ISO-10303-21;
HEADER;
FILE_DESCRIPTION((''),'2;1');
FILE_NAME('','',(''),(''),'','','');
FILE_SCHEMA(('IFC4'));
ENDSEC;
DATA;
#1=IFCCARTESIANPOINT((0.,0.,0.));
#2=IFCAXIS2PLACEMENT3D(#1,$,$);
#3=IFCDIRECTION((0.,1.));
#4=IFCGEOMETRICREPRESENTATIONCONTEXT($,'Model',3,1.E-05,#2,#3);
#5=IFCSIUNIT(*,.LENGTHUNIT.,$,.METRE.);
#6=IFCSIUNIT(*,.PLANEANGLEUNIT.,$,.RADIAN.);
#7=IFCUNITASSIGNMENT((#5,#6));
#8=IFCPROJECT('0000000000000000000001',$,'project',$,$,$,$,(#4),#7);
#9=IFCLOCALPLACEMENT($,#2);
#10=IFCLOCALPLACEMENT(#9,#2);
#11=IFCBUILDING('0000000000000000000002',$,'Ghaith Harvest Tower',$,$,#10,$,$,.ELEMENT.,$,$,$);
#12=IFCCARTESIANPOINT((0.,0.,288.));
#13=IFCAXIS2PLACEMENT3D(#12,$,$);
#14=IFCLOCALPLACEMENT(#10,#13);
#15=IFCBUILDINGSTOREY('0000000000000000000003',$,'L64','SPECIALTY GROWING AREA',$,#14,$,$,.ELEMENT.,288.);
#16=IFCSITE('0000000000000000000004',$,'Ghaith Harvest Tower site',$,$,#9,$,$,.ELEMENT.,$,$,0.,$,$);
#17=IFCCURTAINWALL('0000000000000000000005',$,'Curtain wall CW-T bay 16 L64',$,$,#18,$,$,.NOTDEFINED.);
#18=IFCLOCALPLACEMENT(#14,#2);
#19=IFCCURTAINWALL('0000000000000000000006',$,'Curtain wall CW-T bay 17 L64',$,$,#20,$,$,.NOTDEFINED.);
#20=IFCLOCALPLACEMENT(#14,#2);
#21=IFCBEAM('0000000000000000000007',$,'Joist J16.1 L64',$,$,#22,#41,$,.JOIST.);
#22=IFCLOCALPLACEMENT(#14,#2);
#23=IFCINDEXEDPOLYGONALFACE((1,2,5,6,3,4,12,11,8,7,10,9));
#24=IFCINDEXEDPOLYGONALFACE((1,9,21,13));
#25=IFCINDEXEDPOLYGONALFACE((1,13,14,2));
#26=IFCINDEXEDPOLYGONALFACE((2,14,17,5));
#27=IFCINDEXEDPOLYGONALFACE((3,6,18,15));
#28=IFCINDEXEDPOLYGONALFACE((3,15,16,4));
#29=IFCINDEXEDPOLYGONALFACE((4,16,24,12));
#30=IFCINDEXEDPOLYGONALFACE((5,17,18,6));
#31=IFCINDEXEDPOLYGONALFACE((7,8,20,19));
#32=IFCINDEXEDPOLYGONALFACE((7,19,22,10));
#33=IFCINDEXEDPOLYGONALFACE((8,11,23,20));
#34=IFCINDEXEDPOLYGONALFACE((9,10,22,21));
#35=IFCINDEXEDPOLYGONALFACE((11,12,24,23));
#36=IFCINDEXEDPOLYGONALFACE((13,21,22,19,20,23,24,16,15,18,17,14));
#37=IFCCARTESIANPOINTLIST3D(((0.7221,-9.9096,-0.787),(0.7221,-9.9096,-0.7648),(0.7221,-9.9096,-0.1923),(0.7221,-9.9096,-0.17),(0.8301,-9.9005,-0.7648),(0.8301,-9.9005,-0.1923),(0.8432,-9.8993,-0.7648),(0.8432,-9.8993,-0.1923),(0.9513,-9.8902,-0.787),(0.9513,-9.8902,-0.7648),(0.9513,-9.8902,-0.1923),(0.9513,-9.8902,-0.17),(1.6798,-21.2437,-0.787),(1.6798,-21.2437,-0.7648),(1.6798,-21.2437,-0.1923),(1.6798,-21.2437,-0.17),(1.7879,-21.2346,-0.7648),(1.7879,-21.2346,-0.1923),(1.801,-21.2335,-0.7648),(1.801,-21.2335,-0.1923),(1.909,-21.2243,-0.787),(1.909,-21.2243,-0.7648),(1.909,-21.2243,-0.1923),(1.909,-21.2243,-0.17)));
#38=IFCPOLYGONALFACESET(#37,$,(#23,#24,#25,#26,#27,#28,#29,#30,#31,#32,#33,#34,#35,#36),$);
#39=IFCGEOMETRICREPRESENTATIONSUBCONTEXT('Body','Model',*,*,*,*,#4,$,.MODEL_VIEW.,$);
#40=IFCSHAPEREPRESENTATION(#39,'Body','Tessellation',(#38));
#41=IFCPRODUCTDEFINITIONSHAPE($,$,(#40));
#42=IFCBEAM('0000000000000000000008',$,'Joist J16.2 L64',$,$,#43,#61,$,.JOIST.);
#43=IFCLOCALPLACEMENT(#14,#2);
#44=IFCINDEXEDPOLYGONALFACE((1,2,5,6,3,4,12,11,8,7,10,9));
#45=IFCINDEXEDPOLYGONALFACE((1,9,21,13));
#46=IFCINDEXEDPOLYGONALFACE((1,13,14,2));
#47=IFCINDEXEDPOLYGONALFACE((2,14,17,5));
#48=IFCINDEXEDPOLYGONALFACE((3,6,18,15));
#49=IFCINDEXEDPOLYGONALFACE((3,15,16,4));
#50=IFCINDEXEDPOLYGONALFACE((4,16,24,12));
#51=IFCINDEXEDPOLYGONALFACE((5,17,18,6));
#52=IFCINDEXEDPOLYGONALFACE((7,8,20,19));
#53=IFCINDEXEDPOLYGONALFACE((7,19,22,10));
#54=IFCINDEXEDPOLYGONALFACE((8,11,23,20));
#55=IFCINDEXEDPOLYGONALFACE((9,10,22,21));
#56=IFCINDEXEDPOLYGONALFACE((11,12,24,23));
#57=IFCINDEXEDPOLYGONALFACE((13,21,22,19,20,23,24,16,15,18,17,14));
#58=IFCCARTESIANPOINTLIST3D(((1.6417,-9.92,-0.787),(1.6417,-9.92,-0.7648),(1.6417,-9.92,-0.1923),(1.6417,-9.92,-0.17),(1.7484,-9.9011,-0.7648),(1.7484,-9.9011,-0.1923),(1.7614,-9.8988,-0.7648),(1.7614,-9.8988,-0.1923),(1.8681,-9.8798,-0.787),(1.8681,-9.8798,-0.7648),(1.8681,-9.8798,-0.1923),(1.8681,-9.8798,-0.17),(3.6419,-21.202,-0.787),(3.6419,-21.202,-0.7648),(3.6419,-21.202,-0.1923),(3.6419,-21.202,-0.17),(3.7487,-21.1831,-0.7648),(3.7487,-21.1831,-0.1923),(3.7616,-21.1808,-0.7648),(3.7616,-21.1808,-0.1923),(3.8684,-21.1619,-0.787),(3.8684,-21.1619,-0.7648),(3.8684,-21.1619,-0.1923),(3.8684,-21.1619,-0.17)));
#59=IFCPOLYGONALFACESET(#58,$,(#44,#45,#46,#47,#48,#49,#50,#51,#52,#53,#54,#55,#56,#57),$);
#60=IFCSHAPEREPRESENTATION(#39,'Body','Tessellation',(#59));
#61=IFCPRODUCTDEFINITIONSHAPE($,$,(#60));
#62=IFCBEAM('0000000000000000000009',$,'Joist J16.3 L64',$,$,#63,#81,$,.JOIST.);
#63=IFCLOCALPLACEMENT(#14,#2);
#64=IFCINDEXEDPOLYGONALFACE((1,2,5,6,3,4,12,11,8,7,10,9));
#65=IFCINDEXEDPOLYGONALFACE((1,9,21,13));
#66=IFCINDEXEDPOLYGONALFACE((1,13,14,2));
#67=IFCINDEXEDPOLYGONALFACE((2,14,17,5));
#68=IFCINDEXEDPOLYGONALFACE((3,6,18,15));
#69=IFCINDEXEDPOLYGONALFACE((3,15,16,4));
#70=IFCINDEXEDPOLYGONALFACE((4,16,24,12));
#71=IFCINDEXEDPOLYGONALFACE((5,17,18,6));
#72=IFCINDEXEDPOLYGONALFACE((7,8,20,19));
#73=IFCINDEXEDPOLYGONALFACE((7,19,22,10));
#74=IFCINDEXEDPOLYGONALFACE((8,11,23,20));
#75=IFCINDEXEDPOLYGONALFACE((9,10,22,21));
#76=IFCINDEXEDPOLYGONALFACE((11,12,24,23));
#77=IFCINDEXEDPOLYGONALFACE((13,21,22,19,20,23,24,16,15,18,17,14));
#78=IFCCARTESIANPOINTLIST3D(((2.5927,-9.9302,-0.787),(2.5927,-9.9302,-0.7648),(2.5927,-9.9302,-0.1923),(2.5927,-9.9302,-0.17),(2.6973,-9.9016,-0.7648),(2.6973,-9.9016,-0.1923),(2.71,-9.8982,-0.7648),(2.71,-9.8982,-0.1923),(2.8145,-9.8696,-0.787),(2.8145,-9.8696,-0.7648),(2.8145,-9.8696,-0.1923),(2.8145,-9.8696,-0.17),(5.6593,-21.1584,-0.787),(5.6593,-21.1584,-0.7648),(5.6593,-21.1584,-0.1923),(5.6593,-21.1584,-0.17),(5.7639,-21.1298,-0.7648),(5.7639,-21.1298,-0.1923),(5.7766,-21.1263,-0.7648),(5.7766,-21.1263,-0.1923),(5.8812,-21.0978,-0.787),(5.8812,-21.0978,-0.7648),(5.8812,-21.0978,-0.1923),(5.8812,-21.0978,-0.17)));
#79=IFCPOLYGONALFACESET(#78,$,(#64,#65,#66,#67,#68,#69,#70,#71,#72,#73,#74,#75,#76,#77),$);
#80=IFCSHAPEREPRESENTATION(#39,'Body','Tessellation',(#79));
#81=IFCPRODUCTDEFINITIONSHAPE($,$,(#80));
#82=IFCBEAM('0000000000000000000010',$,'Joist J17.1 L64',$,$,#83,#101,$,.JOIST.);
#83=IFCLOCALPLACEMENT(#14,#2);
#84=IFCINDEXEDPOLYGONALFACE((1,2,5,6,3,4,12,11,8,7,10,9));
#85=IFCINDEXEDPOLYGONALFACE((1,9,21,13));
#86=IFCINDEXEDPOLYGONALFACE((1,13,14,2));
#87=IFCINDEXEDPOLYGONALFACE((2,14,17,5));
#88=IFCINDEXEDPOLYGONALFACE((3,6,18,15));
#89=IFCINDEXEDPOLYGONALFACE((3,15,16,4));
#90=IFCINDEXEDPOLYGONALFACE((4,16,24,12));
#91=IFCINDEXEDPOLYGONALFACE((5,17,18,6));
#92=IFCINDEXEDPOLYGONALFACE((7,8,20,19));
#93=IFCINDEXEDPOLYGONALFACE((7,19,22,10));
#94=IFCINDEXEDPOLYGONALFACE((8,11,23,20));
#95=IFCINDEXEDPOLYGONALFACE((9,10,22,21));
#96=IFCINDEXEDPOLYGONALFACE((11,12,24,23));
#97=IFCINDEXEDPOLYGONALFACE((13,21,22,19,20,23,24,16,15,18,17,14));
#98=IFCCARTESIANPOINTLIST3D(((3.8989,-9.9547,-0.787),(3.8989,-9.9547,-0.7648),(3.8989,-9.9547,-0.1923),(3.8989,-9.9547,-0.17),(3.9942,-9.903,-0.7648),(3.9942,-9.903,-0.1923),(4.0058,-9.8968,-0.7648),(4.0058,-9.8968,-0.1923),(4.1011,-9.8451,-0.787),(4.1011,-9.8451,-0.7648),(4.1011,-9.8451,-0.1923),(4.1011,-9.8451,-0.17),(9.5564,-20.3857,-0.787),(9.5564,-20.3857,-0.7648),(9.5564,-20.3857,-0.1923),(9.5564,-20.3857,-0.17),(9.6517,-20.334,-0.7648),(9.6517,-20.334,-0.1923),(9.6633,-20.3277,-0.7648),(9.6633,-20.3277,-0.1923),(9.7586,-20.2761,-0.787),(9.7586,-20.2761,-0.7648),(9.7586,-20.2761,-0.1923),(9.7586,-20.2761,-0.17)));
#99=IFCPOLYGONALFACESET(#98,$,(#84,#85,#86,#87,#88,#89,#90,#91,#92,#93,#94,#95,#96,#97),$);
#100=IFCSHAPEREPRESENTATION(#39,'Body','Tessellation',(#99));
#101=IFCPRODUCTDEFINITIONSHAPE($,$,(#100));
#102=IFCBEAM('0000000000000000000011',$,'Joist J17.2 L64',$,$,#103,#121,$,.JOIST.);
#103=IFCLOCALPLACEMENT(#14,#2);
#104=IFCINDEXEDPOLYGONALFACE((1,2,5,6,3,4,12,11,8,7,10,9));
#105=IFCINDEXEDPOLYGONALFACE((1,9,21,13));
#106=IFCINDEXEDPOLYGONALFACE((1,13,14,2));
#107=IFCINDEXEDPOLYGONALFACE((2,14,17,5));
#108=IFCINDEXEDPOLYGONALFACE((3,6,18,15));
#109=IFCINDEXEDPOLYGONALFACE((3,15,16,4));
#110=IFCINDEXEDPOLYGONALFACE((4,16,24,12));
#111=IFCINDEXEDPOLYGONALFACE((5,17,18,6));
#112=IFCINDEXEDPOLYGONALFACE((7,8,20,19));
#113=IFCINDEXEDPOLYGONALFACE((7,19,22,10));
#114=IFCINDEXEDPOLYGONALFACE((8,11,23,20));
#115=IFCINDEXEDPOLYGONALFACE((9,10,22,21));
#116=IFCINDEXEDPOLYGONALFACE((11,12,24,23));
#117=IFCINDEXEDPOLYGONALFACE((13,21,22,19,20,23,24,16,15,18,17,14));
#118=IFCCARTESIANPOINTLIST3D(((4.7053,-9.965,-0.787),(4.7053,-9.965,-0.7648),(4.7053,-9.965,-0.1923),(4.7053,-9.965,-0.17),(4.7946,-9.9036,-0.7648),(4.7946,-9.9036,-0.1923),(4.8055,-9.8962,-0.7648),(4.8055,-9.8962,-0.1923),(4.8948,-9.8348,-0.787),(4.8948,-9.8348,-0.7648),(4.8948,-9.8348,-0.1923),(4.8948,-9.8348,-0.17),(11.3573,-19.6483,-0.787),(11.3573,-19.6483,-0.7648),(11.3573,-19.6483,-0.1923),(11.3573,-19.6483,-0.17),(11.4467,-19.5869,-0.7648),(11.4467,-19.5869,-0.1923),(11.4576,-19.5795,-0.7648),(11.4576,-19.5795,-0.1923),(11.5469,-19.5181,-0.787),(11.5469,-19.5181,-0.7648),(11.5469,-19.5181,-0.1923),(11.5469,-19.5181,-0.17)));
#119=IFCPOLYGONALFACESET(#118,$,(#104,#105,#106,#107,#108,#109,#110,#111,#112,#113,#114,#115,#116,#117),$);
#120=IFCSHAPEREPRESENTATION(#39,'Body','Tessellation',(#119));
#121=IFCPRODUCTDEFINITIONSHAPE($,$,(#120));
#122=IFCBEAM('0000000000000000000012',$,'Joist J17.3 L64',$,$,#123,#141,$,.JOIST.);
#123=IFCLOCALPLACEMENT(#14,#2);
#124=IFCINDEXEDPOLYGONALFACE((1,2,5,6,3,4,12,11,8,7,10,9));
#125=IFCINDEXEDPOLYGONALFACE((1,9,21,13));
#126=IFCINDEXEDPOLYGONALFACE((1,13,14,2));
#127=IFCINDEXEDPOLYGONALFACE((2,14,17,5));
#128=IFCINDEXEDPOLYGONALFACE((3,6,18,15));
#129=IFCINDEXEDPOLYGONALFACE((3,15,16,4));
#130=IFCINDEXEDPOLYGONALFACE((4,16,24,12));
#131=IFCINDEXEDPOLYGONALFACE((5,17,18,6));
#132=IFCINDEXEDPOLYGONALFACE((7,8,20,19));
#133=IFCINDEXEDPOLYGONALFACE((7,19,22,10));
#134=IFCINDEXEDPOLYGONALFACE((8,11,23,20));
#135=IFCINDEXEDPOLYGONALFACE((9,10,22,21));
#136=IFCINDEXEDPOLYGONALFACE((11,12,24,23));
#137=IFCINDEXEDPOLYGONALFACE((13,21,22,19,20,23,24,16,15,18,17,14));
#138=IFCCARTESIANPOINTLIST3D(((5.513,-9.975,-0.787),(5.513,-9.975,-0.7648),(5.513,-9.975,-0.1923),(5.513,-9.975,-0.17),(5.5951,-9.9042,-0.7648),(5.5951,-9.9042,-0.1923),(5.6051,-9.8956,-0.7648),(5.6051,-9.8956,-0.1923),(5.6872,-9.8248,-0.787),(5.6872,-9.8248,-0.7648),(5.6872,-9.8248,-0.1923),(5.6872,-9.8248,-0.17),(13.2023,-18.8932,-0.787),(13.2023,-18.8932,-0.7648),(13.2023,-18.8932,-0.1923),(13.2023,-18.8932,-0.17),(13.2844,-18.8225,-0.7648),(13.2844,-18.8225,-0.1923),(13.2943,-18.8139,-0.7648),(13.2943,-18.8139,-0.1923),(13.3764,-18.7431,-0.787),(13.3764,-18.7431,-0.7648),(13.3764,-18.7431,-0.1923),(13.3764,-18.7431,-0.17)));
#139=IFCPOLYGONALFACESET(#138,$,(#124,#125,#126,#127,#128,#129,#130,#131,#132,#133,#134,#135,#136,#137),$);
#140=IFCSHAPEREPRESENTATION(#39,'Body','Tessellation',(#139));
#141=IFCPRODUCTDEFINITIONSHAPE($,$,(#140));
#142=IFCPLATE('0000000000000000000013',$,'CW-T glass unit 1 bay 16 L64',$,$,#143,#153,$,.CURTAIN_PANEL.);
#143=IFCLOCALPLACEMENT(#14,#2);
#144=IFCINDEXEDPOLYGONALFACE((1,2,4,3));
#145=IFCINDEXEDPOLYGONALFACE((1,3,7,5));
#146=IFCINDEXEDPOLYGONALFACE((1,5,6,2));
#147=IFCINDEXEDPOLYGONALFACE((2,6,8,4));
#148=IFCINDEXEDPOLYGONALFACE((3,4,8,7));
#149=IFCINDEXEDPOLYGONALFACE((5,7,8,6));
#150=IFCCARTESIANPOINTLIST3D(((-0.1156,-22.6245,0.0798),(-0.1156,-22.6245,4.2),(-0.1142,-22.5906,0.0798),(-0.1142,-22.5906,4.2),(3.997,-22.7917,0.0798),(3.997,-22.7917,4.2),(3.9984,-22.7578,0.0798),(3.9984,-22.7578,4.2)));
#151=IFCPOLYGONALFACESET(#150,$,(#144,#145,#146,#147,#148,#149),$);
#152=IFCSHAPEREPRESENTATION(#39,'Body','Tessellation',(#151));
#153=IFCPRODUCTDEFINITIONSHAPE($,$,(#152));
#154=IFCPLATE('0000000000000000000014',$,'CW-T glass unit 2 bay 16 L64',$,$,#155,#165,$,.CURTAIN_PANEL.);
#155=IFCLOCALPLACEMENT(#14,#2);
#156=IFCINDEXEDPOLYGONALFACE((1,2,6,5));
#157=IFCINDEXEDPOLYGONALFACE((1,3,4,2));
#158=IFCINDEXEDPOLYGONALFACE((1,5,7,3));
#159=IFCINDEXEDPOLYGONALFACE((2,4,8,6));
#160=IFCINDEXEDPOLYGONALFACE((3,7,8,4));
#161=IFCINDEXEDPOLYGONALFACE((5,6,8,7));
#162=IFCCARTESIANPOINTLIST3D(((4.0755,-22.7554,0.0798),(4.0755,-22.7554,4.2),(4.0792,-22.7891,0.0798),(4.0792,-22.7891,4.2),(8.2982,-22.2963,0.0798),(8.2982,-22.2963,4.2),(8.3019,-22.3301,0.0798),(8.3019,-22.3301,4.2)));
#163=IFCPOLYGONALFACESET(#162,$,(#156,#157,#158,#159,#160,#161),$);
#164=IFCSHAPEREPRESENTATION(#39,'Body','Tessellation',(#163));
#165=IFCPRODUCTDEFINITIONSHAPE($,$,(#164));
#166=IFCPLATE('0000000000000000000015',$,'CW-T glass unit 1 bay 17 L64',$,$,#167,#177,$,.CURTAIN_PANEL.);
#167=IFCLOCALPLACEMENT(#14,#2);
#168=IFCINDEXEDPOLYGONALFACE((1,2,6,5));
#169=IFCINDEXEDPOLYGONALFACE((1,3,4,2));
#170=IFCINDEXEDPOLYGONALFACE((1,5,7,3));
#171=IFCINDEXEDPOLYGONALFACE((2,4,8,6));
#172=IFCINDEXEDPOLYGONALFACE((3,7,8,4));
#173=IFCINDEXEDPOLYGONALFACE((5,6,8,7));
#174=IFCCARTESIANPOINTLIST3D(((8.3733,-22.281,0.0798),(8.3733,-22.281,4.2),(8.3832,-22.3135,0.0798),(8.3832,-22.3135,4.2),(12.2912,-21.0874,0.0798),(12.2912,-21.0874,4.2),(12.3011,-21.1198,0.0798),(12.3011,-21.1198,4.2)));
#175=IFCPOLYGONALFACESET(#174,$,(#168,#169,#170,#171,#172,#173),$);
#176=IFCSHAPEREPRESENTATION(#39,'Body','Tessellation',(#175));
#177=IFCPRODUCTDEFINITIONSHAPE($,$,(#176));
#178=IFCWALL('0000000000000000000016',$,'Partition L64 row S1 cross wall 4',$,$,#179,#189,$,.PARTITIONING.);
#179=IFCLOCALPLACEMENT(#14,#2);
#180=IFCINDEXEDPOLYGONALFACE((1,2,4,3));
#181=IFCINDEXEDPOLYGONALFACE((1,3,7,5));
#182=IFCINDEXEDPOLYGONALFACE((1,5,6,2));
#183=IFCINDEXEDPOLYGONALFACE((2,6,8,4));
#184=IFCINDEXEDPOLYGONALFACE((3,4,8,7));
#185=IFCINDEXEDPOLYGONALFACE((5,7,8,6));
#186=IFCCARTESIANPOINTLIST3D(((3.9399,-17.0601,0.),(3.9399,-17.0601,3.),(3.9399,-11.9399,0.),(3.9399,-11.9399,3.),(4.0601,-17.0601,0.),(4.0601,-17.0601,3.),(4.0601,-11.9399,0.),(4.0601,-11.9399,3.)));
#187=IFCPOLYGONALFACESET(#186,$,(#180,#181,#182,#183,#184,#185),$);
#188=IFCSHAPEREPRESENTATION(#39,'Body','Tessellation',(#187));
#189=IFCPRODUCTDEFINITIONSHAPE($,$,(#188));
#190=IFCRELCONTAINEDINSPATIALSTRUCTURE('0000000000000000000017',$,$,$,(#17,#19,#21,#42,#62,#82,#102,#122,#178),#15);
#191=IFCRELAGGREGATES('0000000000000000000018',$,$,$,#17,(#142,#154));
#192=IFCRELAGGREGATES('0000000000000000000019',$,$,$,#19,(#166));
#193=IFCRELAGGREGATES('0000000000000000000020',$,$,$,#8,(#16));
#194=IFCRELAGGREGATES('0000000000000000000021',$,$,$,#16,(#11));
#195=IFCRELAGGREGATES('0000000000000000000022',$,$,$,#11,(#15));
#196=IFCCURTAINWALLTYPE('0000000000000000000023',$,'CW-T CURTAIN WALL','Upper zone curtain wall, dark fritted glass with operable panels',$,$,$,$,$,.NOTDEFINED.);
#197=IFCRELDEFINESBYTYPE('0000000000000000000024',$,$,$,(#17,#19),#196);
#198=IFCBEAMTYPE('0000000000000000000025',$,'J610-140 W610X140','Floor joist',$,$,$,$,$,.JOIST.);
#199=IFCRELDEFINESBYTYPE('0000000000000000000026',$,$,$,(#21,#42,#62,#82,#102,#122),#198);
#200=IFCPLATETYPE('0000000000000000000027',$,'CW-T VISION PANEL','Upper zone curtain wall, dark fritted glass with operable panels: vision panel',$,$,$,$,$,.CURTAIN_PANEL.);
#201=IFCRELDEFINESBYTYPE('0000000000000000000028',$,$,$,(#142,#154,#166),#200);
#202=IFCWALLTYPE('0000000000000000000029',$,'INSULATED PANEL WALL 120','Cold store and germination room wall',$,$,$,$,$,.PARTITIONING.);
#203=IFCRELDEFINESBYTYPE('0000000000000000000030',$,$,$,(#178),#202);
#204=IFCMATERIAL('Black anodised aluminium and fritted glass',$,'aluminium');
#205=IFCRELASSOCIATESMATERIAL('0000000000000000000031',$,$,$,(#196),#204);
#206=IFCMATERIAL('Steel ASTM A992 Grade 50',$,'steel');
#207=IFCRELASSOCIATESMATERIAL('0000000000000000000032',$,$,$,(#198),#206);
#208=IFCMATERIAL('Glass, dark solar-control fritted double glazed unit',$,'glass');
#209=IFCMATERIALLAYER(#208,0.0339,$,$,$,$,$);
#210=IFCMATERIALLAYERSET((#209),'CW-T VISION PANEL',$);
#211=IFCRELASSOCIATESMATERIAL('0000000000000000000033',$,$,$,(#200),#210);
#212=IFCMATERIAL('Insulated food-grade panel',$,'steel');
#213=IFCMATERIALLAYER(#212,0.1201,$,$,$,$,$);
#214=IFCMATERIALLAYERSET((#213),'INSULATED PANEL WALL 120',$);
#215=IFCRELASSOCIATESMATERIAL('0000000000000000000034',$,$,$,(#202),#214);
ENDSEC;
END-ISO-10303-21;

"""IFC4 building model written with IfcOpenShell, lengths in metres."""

from ifc_helpers import new_model, si_unit, direction, frame, frame_2d, origin, origin_2d, place, context, subcontext, project, spatial, rectangle, i_section, extrude, material, layer, layer_set, material_profile, profile_set, type_object, element, aggregate, save


model = new_model("IFC4")

# Units and contexts
model_context = context("Model", 3, precision=1e-05, world=origin(), true_north=direction((0.0, 1.0)))
body_context = subcontext(model_context, "Body", "Model", "MODEL_VIEW")
ifc_project = project(units=[si_unit("LENGTHUNIT", "METRE"), si_unit("PLANEANGLEUNIT", "RADIAN")], contexts=[model_context])

# Site, building, storey
site_placement = place(None, origin())
site = spatial("IfcSite", under=ifc_project, at=site_placement, Name="Ghaith Harvest Tower site", CompositionType="ELEMENT", RefElevation=0.0)
building_placement = place(site_placement, origin())
building = spatial("IfcBuilding", under=site, at=building_placement, Name="Ghaith Harvest Tower", CompositionType="ELEMENT")
storey_placement = place(building_placement, frame((0.0, 0.0, 288.0)))
storey = spatial("IfcBuildingStorey", under=building, at=storey_placement, Name="L64", Description="SPECIALTY GROWING AREA", CompositionType="ELEMENT", Elevation=288.0)

# Curtain walls
ifc_material_1 = material(Name="Black anodised aluminium and fritted glass", Category="aluminium")
curtain_wall_type = type_object("IfcCurtainWallType", Name="CW-T CURTAIN WALL", Description="Upper zone curtain wall, dark fritted glass with operable panels", PredefinedType="NOTDEFINED", material=ifc_material_1)
curtain_wall_1_placement = place(storey_placement, origin())
curtain_wall_1 = element("IfcCurtainWall", 1, at=curtain_wall_1_placement, inside=storey, type_object=curtain_wall_type, Name="Curtain wall CW-T bay 16 L64", PredefinedType="NOTDEFINED")
curtain_wall_2_placement = place(storey_placement, origin())
curtain_wall_2 = element("IfcCurtainWall", 2, at=curtain_wall_2_placement, inside=storey, type_object=curtain_wall_type, Name="Curtain wall CW-T bay 17 L64", PredefinedType="NOTDEFINED")

# Beams
ifc_material_2 = material(Name="Steel ASTM A992 Grade 50", Category="steel")
ifc_material_profile_1 = material_profile(ifc_material_2, i_section(OverallWidth=0.23, OverallDepth=0.6169, WebThickness=0.0132, FlangeThickness=0.0222, at=origin_2d()), Name="W610X140")
ifc_profile_set_1 = profile_set([ifc_material_profile_1], Name="Steel ASTM A992 Grade 50")
beam_type_1 = type_object("IfcBeamType", Name="J610-140 W610X140", Description="Floor joist", PredefinedType="JOIST", material=ifc_profile_set_1)
beam_1_placement = place(storey_placement, frame((0.8367, -9.8999, -0.4785), z_axis=(0.084202, -0.996449, 0.0), x_axis=(0.996449, 0.084202, 0.0)))
element("IfcBeam", 3, at=beam_1_placement, inside=storey, type_object=beam_type_1, Name="Joist J16.1 L64", PredefinedType="JOIST", context=body_context, shape_type="SweptSolid", body=[
    extrude(i_section(OverallWidth=0.23, OverallDepth=0.6169, WebThickness=0.0132, FlangeThickness=0.0222, at=origin_2d()), origin(), (0.0, 0.0, 1.0), 11.3745),
])
beam_2_placement = place(storey_placement, frame((1.7549, -9.8999, -0.4785), z_axis=(0.174573, -0.984644, 0.0), x_axis=(0.984644, 0.174573, 0.0)))
element("IfcBeam", 4, at=beam_2_placement, inside=storey, type_object=beam_type_1, Name="Joist J16.2 L64", PredefinedType="JOIST", context=body_context, shape_type="SweptSolid", body=[
    extrude(i_section(OverallWidth=0.23, OverallDepth=0.6169, WebThickness=0.0132, FlangeThickness=0.0222, at=origin_2d()), origin(), (0.0, 0.0, 1.0), 11.458),
])
beam_3_placement = place(storey_placement, frame((2.7036, -9.8999, -0.4785), z_axis=(0.263469, -0.964668, 0.0), x_axis=(0.964668, 0.263469, 0.0)))
element("IfcBeam", 5, at=beam_3_placement, inside=storey, type_object=beam_type_1, Name="Joist J16.3 L64", PredefinedType="JOIST", context=body_context, shape_type="SweptSolid", body=[
    extrude(i_section(OverallWidth=0.23, OverallDepth=0.6169, WebThickness=0.0132, FlangeThickness=0.0222, at=origin_2d()), origin(), (0.0, 0.0, 1.0), 11.6394),
])
beam_4_placement = place(storey_placement, frame((4.0, -9.8999, -0.4785), z_axis=(0.476765, -0.879031, 0.0), x_axis=(0.879031, 0.476765, 0.0)))
element("IfcBeam", 6, at=beam_4_placement, inside=storey, type_object=beam_type_1, Name="Joist J17.1 L64", PredefinedType="JOIST", context=body_context, shape_type="SweptSolid", body=[
    extrude(i_section(OverallWidth=0.23, OverallDepth=0.6169, WebThickness=0.0132, FlangeThickness=0.0222, at=origin_2d()), origin(), (0.0, 0.0, 1.0), 11.8665),
])
beam_5_placement = place(storey_placement, frame((4.8, -9.8999, -0.4785), z_axis=(0.566228, -0.824249, 0.0), x_axis=(0.824249, 0.566228, 0.0)))
element("IfcBeam", 7, at=beam_5_placement, inside=storey, type_object=beam_type_1, Name="Joist J17.2 L64", PredefinedType="JOIST", context=body_context, shape_type="SweptSolid", body=[
    extrude(i_section(OverallWidth=0.23, OverallDepth=0.6169, WebThickness=0.0132, FlangeThickness=0.0222, at=origin_2d()), origin(), (0.0, 0.0, 1.0), 11.748),
])
beam_6_placement = place(storey_placement, frame((5.6001, -9.8999, -0.4785), z_axis=(0.652993, -0.757364, 0.0), x_axis=(0.757364, 0.652993, 0.0)))
element("IfcBeam", 8, at=beam_6_placement, inside=storey, type_object=beam_type_1, Name="Joist J17.3 L64", PredefinedType="JOIST", context=body_context, shape_type="SweptSolid", body=[
    extrude(i_section(OverallWidth=0.23, OverallDepth=0.6169, WebThickness=0.0132, FlangeThickness=0.0222, at=origin_2d()), origin(), (0.0, 0.0, 1.0), 11.7754),
])

# Plates
ifc_material_3 = material(Name="Glass, dark solar-control fritted double glazed unit", Category="glass")
ifc_layer_1 = layer(ifc_material_3, 0.0339)
ifc_layer_set_1 = layer_set([ifc_layer_1], Name="CW-T VISION PANEL")
plate_type = type_object("IfcPlateType", Name="CW-T VISION PANEL", Description="Upper zone curtain wall, dark fritted glass with operable panels: vision panel", PredefinedType="CURTAIN_PANEL", material=ifc_layer_set_1)
plate_1_placement = place(storey_placement, frame((1.9414, -22.6912, 0.0798), z_axis=(0.0, 0.0, 1.0), x_axis=(0.999174, -0.040638, 0.0)))
plate_1 = element("IfcPlate", 9, at=plate_1_placement, type_object=plate_type, Name="CW-T glass unit 1 bay 16 L64", PredefinedType="CURTAIN_PANEL", context=body_context, shape_type="SweptSolid", body=[
    extrude(rectangle(XDim=4.116, YDim=0.0339, at=origin_2d()), origin(), (0.0, 0.0, 1.0), 4.1201),
])
plate_2_placement = place(storey_placement, frame((6.1887, -22.5427, 0.0798), z_axis=(0.0, 0.0, 1.0), x_axis=(0.994143, 0.108074, 0.0)))
plate_2 = element("IfcPlate", 10, at=plate_2_placement, type_object=plate_type, Name="CW-T glass unit 2 bay 16 L64", PredefinedType="CURTAIN_PANEL", context=body_context, shape_type="SweptSolid", body=[
    extrude(rectangle(XDim=4.2476, YDim=0.0339, at=origin_2d()), origin(), (0.0, 0.0, 1.0), 4.1201),
])
aggregate(curtain_wall_1, [plate_1, plate_2])
plate_3_placement = place(storey_placement, frame((10.3372, -21.7004, 0.0798), z_axis=(0.0, 0.0, 1.0), x_axis=(0.956588, 0.291445, 0.0)))
plate_3 = element("IfcPlate", 11, at=plate_3_placement, type_object=plate_type, Name="CW-T glass unit 1 bay 17 L64", PredefinedType="CURTAIN_PANEL", context=body_context, shape_type="SweptSolid", body=[
    extrude(rectangle(XDim=4.0957, YDim=0.0339, at=origin_2d()), origin(), (0.0, 0.0, 1.0), 4.1201),
])
aggregate(curtain_wall_2, [plate_3])

# Wall
ifc_material_4 = material(Name="Insulated food-grade panel", Category="steel")
ifc_layer_2 = layer(ifc_material_4, 0.1201)
ifc_layer_set_2 = layer_set([ifc_layer_2], Name="INSULATED PANEL WALL 120")
wall_type = type_object("IfcWallType", Name="INSULATED PANEL WALL 120", Description="Cold store and germination room wall", PredefinedType="PARTITIONING", material=ifc_layer_set_2)
for number, where, z_axis, x_axis, name in (
    (12, (4.0, -11.9399, 0.0), (0.0, 0.0, 1.0), (0.0, -1.0, 0.0), "Partition L64 row S1 cross wall 4"),
):
    element("IfcWall", number, at=place(storey_placement, frame(where, z_axis=z_axis, x_axis=x_axis)), inside=storey, type_object=wall_type, Name=name, PredefinedType="PARTITIONING", context=body_context, shape_type="SweptSolid", body=[
        extrude(rectangle(XDim=5.1201, YDim=0.1201, at=frame_2d((2.5601, 0.0))), origin(), (0.0, 0.0, 1.0), 3.0),
    ])

save(model, "model.ifc")
